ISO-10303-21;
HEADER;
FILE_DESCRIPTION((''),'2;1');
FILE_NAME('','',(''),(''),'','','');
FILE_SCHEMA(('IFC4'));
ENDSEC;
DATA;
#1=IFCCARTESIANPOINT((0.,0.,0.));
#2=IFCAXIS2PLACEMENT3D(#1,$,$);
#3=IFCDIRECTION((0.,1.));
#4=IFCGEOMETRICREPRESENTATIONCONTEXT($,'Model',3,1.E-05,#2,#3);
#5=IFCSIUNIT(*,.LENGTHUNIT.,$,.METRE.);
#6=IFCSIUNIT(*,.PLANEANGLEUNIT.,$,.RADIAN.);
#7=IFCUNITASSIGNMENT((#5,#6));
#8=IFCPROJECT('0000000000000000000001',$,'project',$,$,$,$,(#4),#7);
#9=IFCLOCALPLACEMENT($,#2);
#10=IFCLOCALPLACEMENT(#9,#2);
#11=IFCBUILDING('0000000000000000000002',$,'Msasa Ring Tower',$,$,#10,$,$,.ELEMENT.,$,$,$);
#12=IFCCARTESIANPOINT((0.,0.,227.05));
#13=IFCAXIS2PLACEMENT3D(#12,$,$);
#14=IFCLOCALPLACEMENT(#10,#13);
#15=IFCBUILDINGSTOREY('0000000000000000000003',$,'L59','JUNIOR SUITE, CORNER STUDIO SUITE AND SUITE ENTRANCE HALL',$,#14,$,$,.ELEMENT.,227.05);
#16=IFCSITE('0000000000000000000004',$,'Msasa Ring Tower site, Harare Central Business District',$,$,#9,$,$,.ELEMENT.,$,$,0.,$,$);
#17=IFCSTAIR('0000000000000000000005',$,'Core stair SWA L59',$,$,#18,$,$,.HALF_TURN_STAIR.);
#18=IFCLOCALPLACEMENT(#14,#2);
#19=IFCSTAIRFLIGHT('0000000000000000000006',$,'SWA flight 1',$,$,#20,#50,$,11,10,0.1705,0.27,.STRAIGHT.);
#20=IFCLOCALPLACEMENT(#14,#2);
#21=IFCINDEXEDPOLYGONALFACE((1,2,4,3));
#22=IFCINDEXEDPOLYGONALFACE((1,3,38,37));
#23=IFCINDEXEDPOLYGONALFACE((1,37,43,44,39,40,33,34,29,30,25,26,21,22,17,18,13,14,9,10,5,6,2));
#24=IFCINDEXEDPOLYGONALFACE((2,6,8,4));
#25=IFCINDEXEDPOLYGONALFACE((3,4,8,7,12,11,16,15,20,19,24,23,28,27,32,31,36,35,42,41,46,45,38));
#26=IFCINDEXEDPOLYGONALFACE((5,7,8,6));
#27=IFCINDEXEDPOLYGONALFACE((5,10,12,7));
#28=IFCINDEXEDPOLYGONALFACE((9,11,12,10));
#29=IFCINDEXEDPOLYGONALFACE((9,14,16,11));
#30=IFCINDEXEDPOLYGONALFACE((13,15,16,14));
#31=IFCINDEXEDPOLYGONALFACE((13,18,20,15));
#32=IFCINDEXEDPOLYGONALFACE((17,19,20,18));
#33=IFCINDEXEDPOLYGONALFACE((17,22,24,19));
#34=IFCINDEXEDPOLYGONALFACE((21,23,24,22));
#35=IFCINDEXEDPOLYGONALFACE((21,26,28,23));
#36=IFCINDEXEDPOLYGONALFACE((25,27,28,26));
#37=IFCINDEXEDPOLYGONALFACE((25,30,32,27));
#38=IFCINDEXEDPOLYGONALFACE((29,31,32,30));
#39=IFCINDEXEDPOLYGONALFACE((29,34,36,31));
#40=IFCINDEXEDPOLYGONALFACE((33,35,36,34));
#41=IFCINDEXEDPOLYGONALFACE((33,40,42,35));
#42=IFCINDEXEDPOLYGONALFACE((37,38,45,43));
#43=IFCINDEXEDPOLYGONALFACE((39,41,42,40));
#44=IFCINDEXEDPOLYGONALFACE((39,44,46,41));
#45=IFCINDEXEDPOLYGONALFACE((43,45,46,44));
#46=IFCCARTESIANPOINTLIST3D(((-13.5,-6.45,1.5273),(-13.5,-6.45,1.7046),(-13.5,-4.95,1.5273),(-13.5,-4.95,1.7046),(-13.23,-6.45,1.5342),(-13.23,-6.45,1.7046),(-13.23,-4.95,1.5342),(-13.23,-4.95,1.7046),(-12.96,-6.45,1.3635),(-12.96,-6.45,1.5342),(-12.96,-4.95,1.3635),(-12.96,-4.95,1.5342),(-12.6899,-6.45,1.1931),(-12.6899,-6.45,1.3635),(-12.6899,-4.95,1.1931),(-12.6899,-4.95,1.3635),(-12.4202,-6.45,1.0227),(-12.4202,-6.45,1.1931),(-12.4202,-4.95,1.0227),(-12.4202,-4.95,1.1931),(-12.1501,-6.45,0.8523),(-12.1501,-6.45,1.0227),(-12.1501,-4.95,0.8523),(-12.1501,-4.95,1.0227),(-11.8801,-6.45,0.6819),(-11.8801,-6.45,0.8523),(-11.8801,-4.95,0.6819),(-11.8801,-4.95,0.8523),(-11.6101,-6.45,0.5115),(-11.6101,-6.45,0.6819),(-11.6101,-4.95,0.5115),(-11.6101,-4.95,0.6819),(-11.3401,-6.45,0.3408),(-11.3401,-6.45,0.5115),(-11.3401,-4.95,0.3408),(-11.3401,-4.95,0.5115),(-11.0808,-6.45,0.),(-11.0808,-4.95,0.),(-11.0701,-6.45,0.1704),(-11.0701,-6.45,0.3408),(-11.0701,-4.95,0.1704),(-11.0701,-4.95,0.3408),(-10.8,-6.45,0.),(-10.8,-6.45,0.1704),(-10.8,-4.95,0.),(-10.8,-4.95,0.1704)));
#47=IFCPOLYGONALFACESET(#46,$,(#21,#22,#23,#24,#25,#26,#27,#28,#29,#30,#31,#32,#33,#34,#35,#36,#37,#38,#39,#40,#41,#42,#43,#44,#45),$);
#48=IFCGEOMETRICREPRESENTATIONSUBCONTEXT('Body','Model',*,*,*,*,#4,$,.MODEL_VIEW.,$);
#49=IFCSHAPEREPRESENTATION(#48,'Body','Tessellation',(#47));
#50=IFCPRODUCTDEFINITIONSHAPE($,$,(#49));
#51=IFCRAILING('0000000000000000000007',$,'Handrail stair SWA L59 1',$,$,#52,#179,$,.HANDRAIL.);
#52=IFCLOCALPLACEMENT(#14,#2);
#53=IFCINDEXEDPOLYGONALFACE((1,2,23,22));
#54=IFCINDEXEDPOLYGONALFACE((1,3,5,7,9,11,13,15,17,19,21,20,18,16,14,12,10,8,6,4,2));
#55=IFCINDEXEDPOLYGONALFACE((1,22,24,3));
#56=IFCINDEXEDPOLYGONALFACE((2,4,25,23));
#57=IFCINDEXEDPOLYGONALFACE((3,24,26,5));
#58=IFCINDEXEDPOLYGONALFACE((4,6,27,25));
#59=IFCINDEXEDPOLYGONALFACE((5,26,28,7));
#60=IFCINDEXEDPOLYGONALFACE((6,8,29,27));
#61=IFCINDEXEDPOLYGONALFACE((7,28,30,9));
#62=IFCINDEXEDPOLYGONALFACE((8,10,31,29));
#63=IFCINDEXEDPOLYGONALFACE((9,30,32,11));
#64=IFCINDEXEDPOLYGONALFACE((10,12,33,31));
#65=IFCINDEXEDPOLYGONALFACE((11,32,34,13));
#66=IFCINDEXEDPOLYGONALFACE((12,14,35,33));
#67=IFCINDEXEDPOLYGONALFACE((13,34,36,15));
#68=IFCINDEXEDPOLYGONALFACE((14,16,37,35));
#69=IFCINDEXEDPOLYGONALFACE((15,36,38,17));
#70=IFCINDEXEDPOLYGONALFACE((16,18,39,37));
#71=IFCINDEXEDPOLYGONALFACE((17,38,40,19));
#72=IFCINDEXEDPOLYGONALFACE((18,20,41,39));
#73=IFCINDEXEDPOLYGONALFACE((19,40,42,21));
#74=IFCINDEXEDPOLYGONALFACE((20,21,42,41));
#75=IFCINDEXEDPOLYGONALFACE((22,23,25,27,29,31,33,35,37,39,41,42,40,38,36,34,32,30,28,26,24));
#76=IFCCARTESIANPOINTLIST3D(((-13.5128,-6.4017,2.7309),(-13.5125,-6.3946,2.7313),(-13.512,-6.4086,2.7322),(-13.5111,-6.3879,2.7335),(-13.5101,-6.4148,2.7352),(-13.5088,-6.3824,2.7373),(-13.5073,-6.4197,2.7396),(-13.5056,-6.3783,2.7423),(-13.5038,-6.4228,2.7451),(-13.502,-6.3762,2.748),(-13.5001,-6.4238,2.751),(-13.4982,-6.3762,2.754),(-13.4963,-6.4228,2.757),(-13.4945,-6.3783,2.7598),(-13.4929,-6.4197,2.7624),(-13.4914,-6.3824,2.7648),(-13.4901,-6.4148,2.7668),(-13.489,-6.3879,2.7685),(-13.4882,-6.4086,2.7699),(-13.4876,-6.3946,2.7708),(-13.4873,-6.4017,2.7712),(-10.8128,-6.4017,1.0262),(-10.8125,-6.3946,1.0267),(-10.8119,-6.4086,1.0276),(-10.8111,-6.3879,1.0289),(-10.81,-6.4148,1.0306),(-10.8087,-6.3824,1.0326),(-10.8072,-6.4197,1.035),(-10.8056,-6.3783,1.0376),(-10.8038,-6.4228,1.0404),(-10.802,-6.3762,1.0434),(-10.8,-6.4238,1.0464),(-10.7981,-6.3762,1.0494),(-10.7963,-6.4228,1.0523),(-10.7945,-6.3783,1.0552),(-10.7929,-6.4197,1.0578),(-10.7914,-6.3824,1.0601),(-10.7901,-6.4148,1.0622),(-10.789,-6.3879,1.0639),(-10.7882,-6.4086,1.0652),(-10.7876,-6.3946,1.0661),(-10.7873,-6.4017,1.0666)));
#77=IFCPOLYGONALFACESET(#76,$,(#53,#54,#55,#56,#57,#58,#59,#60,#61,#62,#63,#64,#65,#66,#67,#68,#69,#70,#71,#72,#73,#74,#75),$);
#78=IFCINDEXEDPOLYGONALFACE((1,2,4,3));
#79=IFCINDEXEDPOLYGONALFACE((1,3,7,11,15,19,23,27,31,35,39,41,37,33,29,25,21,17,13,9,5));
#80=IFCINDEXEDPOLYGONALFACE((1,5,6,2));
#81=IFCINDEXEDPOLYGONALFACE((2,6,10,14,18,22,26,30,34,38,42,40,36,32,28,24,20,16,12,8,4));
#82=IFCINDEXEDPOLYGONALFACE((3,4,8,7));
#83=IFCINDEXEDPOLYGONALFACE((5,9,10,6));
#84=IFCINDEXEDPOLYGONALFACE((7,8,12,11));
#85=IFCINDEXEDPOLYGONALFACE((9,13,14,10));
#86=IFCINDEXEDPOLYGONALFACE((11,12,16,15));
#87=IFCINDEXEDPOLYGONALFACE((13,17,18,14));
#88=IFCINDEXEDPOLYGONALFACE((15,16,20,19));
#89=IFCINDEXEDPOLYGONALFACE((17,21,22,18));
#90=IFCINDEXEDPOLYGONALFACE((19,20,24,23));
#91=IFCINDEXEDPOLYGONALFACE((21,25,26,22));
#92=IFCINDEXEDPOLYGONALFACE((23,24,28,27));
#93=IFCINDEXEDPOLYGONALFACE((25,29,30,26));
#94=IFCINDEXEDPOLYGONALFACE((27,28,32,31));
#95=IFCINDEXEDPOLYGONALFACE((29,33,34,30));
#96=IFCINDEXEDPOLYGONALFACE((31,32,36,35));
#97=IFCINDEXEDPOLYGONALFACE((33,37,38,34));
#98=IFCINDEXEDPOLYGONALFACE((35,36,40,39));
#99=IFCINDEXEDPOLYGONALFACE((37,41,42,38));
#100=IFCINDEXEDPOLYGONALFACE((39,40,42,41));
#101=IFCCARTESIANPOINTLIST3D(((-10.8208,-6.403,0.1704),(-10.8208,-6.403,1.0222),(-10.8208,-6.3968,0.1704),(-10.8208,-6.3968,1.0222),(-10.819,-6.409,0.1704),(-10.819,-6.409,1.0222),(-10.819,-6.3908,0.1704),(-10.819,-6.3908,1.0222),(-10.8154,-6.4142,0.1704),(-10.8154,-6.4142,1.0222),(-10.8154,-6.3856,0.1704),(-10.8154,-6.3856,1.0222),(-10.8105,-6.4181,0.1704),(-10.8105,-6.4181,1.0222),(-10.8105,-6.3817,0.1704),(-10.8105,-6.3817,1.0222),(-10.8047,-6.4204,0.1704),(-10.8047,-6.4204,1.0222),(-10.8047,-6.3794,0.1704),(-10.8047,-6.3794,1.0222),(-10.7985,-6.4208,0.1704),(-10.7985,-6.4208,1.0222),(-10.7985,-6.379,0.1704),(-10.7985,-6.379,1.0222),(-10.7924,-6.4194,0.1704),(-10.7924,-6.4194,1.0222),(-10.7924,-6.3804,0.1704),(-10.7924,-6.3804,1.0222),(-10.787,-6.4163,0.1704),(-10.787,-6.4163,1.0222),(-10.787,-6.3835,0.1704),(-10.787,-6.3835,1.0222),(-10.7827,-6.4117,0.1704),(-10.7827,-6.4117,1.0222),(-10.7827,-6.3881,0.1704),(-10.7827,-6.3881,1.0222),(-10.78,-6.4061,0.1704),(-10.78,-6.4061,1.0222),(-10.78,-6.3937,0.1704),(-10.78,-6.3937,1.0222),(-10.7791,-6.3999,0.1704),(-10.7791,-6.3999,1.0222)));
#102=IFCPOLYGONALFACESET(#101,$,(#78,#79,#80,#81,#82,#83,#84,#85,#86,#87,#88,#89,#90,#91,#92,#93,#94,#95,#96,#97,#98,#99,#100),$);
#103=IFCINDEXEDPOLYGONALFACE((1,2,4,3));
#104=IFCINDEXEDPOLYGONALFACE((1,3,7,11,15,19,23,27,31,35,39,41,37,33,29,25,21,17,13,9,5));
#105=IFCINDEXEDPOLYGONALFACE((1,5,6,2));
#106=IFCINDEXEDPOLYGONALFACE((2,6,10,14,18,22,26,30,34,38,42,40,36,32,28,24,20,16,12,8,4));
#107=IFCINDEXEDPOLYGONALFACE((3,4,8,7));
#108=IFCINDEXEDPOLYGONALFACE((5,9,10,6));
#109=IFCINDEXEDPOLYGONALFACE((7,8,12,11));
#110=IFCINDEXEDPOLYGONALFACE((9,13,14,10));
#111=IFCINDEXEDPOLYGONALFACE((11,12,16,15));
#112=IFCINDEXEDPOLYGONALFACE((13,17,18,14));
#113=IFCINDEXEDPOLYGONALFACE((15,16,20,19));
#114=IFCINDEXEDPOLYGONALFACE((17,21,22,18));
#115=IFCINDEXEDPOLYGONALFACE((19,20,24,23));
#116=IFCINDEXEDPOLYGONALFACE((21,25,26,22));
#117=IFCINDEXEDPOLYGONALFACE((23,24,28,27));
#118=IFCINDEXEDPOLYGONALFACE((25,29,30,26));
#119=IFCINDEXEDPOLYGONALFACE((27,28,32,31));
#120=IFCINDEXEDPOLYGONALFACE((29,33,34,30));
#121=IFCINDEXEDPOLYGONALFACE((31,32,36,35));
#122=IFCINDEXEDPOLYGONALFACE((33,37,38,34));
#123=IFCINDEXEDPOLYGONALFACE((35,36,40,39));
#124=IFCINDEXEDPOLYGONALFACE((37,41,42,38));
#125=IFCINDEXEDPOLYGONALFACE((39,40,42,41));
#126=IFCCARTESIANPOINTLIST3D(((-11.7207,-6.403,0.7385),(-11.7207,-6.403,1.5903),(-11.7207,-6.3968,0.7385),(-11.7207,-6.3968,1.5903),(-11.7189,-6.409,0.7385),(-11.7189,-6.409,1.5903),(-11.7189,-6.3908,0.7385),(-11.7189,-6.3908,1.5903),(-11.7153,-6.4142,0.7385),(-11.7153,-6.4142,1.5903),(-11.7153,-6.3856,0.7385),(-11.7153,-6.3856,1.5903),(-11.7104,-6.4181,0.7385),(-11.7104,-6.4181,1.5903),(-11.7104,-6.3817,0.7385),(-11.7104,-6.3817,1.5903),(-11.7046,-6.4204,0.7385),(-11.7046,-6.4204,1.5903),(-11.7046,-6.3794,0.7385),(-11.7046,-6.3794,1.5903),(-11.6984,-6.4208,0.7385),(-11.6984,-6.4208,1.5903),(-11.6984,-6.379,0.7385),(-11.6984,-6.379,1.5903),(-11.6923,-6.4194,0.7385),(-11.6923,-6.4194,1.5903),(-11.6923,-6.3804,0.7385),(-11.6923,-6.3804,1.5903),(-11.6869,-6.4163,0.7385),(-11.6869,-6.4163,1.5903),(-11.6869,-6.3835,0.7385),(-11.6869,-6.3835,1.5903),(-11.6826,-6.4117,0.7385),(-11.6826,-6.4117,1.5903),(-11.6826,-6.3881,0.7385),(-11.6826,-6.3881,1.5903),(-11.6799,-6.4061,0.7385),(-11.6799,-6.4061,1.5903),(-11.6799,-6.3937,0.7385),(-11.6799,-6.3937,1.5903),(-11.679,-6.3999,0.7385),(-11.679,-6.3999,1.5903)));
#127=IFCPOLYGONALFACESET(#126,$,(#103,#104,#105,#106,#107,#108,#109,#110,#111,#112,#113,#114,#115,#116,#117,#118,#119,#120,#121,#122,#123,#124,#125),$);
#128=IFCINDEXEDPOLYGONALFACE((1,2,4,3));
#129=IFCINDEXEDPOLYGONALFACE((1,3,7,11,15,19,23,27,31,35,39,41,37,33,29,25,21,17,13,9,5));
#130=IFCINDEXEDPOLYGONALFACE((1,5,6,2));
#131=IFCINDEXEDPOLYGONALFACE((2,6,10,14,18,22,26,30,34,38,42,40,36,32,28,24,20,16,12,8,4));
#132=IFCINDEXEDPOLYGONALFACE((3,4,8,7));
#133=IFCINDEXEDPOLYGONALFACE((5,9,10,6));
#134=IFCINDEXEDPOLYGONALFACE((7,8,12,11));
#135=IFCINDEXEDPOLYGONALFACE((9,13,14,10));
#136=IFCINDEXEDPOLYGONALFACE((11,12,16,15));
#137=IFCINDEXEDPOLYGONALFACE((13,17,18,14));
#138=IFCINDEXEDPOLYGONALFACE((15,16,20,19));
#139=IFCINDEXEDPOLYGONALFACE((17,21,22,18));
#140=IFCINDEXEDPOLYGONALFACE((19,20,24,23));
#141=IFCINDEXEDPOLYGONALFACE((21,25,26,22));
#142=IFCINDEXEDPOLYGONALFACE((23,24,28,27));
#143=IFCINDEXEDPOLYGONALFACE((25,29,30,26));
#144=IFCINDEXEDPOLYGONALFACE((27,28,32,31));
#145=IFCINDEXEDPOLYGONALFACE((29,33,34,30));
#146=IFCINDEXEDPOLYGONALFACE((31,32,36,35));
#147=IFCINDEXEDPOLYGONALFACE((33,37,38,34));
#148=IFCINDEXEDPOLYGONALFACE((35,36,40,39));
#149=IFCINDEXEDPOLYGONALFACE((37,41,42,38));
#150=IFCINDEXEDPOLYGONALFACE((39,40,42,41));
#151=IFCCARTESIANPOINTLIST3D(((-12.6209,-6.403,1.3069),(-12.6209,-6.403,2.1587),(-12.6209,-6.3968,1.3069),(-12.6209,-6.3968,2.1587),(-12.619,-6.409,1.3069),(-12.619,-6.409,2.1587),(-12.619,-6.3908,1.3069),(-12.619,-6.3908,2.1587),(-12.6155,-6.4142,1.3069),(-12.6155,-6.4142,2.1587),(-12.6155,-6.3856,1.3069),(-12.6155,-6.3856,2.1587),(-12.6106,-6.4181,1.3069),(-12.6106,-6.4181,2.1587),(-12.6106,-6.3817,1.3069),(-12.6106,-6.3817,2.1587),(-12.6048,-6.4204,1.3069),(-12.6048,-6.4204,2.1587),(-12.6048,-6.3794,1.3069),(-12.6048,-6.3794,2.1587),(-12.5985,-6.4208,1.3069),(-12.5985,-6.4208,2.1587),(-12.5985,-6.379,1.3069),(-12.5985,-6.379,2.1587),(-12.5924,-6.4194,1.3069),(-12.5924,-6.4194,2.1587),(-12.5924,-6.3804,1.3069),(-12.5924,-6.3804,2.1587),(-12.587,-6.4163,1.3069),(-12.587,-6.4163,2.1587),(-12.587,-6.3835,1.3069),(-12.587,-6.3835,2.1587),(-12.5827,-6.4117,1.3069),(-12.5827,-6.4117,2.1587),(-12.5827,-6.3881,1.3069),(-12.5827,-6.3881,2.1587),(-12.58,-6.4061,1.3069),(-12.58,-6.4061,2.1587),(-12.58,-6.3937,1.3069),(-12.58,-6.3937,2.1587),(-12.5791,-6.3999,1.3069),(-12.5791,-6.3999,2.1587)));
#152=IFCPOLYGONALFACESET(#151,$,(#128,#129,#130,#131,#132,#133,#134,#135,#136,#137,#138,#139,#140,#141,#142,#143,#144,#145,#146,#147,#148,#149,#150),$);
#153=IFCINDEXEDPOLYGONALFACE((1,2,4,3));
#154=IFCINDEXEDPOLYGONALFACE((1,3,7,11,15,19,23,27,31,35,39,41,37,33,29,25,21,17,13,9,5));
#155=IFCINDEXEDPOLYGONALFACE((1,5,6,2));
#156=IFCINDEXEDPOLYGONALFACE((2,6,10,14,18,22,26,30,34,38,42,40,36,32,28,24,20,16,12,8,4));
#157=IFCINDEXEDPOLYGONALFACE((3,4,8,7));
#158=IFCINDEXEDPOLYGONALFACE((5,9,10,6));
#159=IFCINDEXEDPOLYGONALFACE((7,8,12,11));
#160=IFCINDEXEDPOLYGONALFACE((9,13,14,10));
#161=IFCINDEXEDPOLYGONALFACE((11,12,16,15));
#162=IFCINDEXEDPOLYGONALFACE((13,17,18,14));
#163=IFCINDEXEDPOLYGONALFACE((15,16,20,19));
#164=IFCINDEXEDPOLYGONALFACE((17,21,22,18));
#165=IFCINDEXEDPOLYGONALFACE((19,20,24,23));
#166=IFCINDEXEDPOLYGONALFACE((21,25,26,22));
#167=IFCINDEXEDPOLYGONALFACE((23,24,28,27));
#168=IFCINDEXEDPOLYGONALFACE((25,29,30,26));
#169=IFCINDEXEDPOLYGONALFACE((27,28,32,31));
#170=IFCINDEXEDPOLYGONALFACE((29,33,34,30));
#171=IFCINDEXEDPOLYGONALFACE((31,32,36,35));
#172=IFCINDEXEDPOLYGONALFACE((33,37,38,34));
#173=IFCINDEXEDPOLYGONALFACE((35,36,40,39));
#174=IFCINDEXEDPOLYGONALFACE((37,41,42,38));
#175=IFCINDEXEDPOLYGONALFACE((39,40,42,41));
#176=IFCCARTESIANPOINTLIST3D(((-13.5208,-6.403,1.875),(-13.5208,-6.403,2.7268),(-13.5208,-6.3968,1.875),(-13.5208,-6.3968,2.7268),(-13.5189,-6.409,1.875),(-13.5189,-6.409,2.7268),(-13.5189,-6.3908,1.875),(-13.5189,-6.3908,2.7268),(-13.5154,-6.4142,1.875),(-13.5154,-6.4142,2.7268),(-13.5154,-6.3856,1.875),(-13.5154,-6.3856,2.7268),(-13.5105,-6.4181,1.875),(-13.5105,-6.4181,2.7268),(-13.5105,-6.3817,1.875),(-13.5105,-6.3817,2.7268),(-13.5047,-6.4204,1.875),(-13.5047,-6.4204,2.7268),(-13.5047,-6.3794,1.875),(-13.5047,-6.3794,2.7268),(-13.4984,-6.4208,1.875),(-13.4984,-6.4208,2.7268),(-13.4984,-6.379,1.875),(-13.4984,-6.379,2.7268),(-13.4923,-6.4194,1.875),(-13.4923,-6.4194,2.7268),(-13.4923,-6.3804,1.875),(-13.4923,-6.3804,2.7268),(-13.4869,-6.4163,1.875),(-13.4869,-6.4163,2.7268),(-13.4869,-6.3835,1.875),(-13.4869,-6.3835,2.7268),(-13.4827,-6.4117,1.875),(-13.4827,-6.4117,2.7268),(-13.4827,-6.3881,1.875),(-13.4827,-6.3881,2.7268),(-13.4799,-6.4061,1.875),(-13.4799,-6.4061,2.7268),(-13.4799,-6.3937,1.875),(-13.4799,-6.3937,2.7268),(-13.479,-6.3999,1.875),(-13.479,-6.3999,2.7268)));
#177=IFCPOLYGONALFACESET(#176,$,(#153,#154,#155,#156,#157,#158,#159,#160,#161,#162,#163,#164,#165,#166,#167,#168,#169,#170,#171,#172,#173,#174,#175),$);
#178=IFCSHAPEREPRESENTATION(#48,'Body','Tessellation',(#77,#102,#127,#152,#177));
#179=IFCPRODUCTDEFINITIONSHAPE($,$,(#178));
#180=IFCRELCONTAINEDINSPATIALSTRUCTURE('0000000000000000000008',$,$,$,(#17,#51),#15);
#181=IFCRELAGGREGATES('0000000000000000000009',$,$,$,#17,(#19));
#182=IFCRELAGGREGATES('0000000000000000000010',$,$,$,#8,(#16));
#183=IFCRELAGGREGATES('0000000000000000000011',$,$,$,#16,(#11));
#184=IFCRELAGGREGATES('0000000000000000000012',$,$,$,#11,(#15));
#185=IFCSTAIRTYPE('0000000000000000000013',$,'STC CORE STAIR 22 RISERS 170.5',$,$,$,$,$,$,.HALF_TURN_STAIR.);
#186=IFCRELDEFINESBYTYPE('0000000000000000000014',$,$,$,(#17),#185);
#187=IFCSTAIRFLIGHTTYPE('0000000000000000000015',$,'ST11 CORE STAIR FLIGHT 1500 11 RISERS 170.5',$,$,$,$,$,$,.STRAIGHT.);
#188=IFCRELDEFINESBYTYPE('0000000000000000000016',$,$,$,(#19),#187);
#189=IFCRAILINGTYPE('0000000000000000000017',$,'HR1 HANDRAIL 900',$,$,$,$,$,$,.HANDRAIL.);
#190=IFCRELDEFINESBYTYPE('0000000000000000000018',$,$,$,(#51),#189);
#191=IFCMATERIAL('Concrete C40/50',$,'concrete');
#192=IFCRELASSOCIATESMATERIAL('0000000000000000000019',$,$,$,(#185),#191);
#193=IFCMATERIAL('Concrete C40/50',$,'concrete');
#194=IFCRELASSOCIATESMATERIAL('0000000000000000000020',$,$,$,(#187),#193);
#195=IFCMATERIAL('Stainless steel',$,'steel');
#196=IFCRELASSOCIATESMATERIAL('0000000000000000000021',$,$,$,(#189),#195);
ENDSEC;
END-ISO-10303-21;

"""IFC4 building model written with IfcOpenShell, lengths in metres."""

from ifc_helpers import new_model, si_unit, direction, frame, origin, origin_2d, place, context, subcontext, project, spatial, polyline, circle, outline, extrude, material, type_object, element, aggregate, save


model = new_model("IFC4")

# Units and contexts
model_context = context("Model", 3, precision=1e-05, world=origin(), true_north=direction((0.0, 1.0)))
body_context = subcontext(model_context, "Body", "Model", "MODEL_VIEW")
ifc_project = project(units=[si_unit("LENGTHUNIT", "METRE"), si_unit("PLANEANGLEUNIT", "RADIAN")], contexts=[model_context])

# Site, building, storey
site_placement = place(None, origin())
site = spatial("IfcSite", under=ifc_project, at=site_placement, Name="Msasa Ring Tower site, Harare Central Business District", CompositionType="ELEMENT", RefElevation=0.0)
building_placement = place(site_placement, origin())
building = spatial("IfcBuilding", under=site, at=building_placement, Name="Msasa Ring Tower", CompositionType="ELEMENT")
storey_placement = place(building_placement, frame((0.0, 0.0, 227.05)))
storey = spatial("IfcBuildingStorey", under=building, at=storey_placement, Name="L59", Description="JUNIOR SUITE, CORNER STUDIO SUITE AND SUITE ENTRANCE HALL", CompositionType="ELEMENT", Elevation=227.05)

# Stair, stair flight
ifc_material_1 = material(Name="Concrete C40/50", Category="concrete")
stair_type = type_object("IfcStairType", Name="STC CORE STAIR 22 RISERS 170.5", PredefinedType="HALF_TURN_STAIR", material=ifc_material_1)
stair_placement = place(storey_placement, origin())
stair = element("IfcStair", 1, at=stair_placement, inside=storey, type_object=stair_type, Name="Core stair SWA L59", PredefinedType="HALF_TURN_STAIR")
ifc_material_2 = material(Name="Concrete C40/50", Category="concrete")
stair_flight_type = type_object("IfcStairFlightType", Name="ST11 CORE STAIR FLIGHT 1500 11 RISERS 170.5", PredefinedType="STRAIGHT", material=ifc_material_2)
stair_flight_placement = place(storey_placement, frame((-10.8, -5.7, 0.0), z_axis=(0.0, 0.0, 1.0), x_axis=(-1.0, 0.0, 0.0)))
stair_flight = element("IfcStairFlight", 2, at=stair_flight_placement, type_object=stair_flight_type, Name="SWA flight 1", NumberOfRisers=11, NumberOfTreads=10, PredefinedType="STRAIGHT", RiserHeight=0.1705, TreadLength=0.27, context=body_context, shape_type="SweptSolid", body=[
    extrude(outline(polyline([(0.0, 0.0), (0.0, 0.1704), (0.27, 0.1704), (0.27, 0.3408), (0.54, 0.3408), (0.54, 0.5115), (0.8101, 0.5115), (0.8101, 0.6819), (1.0801, 0.6819), (1.0801, 0.8523), (1.3501, 0.8523), (1.3501, 1.0227), (1.6201, 1.0227), (1.6201, 1.1931), (1.8899, 1.1931), (1.8899, 1.3635), (2.1599, 1.3635), (2.1599, 1.5342), (2.4299, 1.5342), (2.4299, 1.7046), (2.7, 1.7046), (2.7, 1.875), (2.7, 1.5273), (0.2808, 0.0), (0.0, 0.0)])), frame((0.0, 0.75, 0.0), z_axis=(0.0, -1.0, 0.0), x_axis=(1.0, 0.0, 0.0)), (0.0, 0.0, 1.0), 1.5),
])
aggregate(stair, [stair_flight])

# Railing
ifc_material_3 = material(Name="Stainless steel", Category="steel")
railing_type = type_object("IfcRailingType", Name="HR1 HANDRAIL 900", PredefinedType="HANDRAIL", material=ifc_material_3)
for number, where, name in (
    (3, (-10.8, -6.3999, 0.1704), "Handrail stair SWA L59 1"),
):
    element("IfcRailing", number, at=place(storey_placement, frame(where)), inside=storey, type_object=railing_type, Name=name, PredefinedType="HANDRAIL", context=body_context, shape_type="SweptSolid", body=[
        extrude(circle(Radius=0.0239, at=origin_2d()), frame((0.0, 0.0, 0.876), z_axis=(-0.84558, 0.0, 0.533849), x_axis=(0.0, -1.0, 0.0)), (0.0, 0.0, 1.0), 3.1931),
        extrude(circle(Radius=0.021, at=origin_2d()), origin(), (0.0, 0.0, 1.0), 0.8518),
        extrude(circle(Radius=0.021, at=origin_2d()), frame((-0.8999, 0.0, 0.5681)), (0.0, 0.0, 1.0), 0.8518),
        extrude(circle(Radius=0.021, at=origin_2d()), frame((-1.8, 0.0, 1.1365)), (0.0, 0.0, 1.0), 0.8518),
        extrude(circle(Radius=0.021, at=origin_2d()), frame((-2.7, 0.0, 1.7046)), (0.0, 0.0, 1.0), 0.8518),
    ])

save(model, "model.ifc")
